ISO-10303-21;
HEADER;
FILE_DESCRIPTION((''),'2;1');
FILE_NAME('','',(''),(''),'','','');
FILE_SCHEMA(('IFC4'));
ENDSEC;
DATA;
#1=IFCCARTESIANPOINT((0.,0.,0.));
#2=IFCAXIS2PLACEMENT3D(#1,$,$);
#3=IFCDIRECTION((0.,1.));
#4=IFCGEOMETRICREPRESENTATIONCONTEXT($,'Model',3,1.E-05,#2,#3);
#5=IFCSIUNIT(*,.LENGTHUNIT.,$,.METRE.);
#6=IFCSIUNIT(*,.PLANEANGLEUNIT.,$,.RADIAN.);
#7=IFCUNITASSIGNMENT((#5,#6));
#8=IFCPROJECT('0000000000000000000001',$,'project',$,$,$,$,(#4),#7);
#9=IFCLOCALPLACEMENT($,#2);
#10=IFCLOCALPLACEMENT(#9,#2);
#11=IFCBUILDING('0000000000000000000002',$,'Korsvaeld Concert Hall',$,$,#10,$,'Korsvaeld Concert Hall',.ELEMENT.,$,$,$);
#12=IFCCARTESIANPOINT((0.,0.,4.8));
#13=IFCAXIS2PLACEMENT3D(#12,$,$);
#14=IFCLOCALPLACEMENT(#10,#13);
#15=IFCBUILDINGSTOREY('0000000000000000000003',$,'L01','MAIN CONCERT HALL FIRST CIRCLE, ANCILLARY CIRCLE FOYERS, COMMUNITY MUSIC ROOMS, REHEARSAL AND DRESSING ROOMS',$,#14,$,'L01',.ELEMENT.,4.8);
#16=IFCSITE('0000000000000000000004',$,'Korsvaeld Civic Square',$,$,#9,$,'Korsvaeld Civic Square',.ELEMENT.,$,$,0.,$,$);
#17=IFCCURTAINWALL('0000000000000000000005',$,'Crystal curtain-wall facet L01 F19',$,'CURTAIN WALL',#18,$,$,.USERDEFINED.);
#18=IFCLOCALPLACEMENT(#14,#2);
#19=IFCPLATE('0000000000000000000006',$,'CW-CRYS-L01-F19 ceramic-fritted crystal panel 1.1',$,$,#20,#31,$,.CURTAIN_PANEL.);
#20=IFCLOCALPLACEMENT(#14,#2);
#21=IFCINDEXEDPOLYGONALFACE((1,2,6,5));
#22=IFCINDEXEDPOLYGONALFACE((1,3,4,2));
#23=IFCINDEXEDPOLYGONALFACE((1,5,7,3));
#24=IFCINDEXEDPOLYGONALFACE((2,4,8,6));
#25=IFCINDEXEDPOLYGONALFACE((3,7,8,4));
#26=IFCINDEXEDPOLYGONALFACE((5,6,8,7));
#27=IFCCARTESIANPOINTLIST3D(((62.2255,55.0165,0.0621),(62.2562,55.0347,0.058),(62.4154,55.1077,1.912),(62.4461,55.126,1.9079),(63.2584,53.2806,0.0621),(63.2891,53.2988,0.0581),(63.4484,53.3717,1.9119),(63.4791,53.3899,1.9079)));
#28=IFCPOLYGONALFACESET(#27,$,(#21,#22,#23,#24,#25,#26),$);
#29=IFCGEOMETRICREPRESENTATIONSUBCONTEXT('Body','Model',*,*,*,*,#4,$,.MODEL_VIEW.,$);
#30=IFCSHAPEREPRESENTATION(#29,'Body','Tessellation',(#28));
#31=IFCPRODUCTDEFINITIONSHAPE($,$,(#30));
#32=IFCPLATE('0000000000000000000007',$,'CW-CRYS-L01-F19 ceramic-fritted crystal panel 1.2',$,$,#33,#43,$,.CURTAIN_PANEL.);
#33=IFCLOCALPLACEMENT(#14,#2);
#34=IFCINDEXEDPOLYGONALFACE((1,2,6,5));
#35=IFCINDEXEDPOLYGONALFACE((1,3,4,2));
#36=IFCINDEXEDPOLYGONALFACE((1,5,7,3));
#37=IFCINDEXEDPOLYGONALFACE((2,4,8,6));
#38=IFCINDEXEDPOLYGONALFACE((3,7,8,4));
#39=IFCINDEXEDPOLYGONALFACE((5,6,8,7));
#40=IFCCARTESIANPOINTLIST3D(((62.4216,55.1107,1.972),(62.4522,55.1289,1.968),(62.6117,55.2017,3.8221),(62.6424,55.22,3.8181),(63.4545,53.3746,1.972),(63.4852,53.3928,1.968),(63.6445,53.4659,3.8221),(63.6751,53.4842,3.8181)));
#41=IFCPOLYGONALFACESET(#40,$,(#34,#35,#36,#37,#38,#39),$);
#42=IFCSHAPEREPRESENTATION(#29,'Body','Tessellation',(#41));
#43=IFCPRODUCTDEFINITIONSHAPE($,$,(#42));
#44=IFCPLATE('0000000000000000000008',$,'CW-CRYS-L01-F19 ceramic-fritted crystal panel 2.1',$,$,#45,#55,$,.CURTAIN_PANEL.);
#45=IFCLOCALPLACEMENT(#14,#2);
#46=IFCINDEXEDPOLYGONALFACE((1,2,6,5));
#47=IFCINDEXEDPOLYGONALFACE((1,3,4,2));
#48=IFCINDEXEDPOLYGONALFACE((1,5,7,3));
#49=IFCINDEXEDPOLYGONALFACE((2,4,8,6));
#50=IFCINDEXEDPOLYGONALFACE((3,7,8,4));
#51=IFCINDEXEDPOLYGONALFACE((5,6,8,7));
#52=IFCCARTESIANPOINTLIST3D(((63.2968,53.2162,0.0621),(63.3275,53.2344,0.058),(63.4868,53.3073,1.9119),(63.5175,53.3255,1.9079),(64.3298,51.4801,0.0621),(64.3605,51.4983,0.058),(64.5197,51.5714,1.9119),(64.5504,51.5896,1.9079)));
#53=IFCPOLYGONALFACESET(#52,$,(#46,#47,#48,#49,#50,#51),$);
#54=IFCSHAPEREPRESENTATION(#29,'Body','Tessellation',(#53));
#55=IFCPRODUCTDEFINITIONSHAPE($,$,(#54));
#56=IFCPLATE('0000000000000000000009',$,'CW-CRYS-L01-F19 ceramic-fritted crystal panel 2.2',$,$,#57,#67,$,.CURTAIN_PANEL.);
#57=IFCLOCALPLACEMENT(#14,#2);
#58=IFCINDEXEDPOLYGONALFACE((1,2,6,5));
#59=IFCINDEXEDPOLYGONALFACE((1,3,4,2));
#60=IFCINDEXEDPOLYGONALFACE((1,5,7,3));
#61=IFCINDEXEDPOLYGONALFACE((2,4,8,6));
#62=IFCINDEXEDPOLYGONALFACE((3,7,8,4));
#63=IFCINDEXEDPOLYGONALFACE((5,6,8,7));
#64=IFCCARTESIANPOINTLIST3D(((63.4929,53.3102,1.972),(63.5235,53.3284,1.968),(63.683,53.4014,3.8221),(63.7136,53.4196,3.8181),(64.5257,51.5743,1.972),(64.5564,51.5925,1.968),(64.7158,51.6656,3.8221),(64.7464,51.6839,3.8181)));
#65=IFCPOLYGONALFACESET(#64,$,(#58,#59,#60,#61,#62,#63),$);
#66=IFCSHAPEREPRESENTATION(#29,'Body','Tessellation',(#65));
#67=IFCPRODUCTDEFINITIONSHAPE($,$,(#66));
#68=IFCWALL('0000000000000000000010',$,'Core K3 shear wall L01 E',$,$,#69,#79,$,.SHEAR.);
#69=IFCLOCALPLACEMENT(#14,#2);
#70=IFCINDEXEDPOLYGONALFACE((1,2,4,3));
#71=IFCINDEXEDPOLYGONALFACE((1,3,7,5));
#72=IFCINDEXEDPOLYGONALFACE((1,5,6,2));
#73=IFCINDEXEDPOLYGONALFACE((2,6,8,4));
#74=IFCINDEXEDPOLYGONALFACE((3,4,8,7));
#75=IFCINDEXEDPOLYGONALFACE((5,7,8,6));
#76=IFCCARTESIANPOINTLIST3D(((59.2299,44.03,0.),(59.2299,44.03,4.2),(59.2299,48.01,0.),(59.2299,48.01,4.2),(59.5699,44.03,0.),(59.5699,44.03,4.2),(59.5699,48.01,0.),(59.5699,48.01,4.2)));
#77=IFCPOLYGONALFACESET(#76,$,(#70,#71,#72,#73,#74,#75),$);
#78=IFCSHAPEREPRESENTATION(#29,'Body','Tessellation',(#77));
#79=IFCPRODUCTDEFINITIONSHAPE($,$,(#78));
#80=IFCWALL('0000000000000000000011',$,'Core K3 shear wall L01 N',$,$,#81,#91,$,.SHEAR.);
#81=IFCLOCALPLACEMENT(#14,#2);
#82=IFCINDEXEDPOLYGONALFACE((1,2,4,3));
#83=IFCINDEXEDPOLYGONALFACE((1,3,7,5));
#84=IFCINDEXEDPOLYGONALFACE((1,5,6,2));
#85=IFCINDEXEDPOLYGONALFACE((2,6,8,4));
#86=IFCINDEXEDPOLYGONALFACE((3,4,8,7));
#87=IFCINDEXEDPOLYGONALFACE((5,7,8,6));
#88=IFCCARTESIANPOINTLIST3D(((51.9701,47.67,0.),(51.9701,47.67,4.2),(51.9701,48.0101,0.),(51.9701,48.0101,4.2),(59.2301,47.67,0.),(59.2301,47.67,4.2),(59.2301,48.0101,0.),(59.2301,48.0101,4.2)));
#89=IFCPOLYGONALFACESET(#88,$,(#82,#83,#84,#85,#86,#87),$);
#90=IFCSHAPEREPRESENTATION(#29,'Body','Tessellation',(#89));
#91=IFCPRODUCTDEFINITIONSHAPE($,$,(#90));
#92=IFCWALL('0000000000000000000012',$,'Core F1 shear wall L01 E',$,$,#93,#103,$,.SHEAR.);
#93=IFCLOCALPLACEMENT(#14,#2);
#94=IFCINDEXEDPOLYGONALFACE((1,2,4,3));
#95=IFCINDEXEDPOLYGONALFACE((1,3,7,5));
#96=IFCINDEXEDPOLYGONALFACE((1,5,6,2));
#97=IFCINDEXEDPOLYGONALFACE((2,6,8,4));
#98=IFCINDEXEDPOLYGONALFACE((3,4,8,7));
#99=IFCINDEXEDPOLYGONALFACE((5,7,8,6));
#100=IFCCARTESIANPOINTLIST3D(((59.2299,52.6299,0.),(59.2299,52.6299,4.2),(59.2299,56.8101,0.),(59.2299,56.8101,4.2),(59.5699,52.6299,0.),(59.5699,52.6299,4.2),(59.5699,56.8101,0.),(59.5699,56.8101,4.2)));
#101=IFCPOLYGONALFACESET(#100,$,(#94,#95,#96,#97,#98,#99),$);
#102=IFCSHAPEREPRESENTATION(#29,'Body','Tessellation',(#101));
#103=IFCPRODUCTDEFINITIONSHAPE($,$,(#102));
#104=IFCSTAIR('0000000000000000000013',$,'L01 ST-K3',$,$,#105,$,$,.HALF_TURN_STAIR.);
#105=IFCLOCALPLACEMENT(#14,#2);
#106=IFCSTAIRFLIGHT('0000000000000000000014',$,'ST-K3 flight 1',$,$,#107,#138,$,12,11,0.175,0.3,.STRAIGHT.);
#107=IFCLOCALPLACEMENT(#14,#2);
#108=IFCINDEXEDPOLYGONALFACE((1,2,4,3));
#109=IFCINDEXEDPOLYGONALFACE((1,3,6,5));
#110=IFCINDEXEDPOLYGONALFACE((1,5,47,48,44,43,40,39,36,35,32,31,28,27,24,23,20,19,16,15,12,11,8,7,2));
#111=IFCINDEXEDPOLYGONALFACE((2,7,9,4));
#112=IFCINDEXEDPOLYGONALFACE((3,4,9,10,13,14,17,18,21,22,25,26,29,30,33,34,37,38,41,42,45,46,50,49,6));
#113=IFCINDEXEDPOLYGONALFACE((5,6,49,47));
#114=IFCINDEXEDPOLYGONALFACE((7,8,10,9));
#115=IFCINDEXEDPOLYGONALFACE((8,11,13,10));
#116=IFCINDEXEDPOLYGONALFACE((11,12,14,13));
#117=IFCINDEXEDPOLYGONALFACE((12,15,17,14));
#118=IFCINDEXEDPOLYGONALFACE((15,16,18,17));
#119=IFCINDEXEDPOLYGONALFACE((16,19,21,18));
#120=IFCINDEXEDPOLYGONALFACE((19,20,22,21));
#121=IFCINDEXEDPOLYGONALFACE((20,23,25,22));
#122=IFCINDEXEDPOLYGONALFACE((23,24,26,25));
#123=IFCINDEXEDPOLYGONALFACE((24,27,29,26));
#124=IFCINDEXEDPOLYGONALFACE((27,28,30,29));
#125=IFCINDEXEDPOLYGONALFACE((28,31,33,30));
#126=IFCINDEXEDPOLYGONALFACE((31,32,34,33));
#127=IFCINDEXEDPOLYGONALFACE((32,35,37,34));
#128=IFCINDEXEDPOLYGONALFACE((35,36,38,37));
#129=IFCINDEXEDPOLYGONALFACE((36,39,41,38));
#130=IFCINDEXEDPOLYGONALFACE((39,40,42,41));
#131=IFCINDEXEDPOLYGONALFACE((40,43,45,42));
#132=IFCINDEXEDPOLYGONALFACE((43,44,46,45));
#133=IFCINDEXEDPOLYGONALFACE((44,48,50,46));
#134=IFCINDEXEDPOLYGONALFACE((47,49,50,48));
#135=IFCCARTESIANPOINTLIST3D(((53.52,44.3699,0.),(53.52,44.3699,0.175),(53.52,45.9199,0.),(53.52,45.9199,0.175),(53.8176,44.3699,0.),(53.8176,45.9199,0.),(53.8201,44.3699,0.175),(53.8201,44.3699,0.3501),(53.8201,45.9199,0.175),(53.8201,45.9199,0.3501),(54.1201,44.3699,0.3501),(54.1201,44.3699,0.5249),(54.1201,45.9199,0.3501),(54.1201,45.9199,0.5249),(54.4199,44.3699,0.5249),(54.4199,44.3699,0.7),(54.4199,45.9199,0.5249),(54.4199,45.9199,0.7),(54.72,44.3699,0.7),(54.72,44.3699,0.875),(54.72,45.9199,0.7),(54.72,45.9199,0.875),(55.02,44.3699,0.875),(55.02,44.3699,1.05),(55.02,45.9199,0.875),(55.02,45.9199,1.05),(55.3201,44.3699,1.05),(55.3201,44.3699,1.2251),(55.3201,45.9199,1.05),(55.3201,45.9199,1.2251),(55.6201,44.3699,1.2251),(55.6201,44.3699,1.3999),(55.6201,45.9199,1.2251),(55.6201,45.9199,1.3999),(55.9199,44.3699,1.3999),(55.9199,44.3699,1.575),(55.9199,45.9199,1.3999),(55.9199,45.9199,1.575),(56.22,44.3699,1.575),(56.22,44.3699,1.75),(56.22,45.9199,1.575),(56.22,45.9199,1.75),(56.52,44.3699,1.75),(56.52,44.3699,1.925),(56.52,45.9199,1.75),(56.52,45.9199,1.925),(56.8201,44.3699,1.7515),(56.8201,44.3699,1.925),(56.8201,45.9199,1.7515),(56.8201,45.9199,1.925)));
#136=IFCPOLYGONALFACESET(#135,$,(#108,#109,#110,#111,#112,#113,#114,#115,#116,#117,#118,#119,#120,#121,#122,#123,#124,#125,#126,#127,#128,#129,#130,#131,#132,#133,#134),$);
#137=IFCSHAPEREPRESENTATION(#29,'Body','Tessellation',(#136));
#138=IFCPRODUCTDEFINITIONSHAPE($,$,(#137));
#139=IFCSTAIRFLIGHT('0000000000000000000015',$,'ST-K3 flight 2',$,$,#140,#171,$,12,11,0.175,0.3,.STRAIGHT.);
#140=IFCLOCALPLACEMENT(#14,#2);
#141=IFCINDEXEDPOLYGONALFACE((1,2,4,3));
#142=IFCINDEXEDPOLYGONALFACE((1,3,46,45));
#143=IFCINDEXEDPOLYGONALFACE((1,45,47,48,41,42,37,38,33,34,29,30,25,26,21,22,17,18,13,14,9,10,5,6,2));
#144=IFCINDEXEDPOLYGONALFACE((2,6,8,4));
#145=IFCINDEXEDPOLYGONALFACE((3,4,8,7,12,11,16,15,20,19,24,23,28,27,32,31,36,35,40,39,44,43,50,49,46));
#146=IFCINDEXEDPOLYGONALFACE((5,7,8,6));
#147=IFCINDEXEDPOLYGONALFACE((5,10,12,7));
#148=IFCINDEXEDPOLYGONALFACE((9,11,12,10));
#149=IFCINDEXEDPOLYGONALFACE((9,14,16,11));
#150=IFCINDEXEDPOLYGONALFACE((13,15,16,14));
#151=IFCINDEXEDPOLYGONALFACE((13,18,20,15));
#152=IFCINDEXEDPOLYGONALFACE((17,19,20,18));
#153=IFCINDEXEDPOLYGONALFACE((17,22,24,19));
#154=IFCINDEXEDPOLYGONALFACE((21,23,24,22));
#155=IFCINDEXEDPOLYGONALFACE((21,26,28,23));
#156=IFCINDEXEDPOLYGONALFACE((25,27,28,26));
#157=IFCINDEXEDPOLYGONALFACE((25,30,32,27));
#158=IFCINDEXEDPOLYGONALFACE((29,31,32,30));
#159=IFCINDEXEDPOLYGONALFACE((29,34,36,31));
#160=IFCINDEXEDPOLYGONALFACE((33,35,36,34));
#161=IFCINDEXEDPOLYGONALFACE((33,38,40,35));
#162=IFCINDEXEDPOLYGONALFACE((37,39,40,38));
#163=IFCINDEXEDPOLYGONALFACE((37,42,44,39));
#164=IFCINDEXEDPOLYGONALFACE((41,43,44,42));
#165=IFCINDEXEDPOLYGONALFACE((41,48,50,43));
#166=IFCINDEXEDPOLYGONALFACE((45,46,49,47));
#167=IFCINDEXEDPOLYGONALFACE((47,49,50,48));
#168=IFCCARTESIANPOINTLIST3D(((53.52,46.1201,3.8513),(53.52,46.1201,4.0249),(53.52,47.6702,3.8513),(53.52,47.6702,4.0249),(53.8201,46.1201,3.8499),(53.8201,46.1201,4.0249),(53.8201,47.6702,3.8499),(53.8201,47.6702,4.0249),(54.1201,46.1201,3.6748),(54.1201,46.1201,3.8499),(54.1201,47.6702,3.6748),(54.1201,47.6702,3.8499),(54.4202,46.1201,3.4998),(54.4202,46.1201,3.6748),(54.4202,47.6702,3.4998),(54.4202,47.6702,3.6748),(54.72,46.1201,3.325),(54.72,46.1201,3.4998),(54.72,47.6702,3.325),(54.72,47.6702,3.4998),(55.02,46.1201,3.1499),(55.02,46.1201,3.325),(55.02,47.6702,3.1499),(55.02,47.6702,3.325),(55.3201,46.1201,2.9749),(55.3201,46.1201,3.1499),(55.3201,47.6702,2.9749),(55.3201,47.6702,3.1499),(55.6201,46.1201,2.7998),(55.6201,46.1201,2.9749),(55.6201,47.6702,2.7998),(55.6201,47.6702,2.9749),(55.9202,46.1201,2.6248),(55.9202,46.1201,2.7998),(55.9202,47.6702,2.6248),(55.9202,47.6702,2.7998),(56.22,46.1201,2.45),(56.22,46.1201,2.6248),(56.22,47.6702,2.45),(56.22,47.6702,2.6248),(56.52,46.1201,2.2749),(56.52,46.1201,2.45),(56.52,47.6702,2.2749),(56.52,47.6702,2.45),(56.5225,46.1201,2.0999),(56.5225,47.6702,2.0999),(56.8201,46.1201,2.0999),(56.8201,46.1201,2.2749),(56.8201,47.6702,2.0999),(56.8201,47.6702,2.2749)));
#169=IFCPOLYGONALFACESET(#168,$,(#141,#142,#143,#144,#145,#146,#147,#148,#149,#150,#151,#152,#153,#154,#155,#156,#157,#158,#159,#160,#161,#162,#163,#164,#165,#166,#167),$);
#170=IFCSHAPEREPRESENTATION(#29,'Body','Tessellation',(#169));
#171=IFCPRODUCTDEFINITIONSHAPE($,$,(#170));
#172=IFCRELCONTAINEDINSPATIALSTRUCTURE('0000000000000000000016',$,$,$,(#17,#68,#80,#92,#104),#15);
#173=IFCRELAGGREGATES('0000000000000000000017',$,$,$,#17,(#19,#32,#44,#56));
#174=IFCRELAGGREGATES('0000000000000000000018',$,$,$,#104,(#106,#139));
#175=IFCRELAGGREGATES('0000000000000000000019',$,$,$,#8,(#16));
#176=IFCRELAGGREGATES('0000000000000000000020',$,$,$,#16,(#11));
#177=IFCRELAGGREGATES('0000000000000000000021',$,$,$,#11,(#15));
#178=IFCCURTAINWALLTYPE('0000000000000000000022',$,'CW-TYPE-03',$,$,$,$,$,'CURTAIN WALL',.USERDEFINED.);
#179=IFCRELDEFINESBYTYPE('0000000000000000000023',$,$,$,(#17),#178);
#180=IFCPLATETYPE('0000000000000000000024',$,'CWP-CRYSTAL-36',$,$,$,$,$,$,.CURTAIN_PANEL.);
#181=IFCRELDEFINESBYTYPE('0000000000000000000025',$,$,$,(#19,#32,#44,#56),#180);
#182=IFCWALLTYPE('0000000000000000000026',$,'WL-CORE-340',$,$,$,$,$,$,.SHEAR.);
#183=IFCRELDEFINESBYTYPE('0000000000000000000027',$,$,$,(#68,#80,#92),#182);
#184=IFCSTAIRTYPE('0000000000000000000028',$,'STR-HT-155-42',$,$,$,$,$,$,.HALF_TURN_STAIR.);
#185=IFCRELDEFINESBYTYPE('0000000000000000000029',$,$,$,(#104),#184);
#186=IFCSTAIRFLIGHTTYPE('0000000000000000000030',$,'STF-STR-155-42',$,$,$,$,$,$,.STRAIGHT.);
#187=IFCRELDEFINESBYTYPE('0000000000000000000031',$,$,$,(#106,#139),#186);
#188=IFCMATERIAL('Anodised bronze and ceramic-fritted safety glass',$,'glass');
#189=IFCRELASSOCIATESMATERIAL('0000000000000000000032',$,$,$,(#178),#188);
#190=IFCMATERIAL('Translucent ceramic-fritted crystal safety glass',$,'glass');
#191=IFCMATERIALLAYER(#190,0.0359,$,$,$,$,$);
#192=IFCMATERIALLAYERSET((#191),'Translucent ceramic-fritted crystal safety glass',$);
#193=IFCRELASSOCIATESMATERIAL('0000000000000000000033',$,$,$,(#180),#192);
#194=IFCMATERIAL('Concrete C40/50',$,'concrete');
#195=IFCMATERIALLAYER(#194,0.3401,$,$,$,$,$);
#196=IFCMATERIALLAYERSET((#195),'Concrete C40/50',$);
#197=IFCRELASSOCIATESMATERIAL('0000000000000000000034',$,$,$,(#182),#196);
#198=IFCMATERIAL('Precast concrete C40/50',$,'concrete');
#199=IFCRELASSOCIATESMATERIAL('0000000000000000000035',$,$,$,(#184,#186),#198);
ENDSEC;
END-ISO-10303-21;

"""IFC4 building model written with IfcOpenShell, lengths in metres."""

from ifc_helpers import new_model, si_unit, direction, frame, frame_2d, origin, place, context, subcontext, project, spatial, polyline, rectangle, outline, extrude, material, layer, layer_set, type_object, element, aggregate, save


model = new_model("IFC4")

# Units and contexts
model_context = context("Model", 3, precision=1e-05, world=origin(), true_north=direction((0.0, 1.0)))
body_context = subcontext(model_context, "Body", "Model", "MODEL_VIEW")
ifc_project = project(units=[si_unit("LENGTHUNIT", "METRE"), si_unit("PLANEANGLEUNIT", "RADIAN")], contexts=[model_context])

# Site, building, storey
site_placement = place(None, origin())
site = spatial("IfcSite", under=ifc_project, at=site_placement, Name="Korsvaeld Civic Square", LongName="Korsvaeld Civic Square", CompositionType="ELEMENT", RefElevation=0.0)
building_placement = place(site_placement, origin())
building = spatial("IfcBuilding", under=site, at=building_placement, Name="Korsvaeld Concert Hall", LongName="Korsvaeld Concert Hall", CompositionType="ELEMENT")
storey_placement = place(building_placement, frame((0.0, 0.0, 4.8)))
storey = spatial("IfcBuildingStorey", under=building, at=storey_placement, Name="L01", Description="MAIN CONCERT HALL FIRST CIRCLE, ANCILLARY CIRCLE FOYERS, COMMUNITY MUSIC ROOMS, REHEARSAL AND DRESSING ROOMS", LongName="L01", CompositionType="ELEMENT", Elevation=4.8)

# Shared definitions
ifc_material_1 = material(Name="Concrete C40/50", Category="concrete")

# Shared definitions
ifc_material_2 = material(Name="Anodised bronze and ceramic-fritted safety glass", Category="glass")

# Curtain wall
curtain_wall_type_1 = type_object("IfcCurtainWallType", Name="CW-TYPE-03", ElementType="CURTAIN WALL", PredefinedType="USERDEFINED", material=ifc_material_2)
curtain_wall_1_placement = place(storey_placement, origin())
curtain_wall_1 = element("IfcCurtainWall", 1, at=curtain_wall_1_placement, inside=storey, type_object=curtain_wall_type_1, Name="Crystal curtain-wall facet L01 F19", ObjectType="CURTAIN WALL", PredefinedType="USERDEFINED")

# Plates
ifc_material_3 = material(Name="Translucent ceramic-fritted crystal safety glass", Category="glass")
ifc_layer_1 = layer(ifc_material_3, 0.0359)
ifc_layer_set_1 = layer_set([ifc_layer_1], Name="Translucent ceramic-fritted crystal safety glass")
plate_type = type_object("IfcPlateType", Name="CWP-CRYSTAL-36", PredefinedType="CURTAIN_PANEL", material=ifc_layer_set_1)
plate_1_placement = place(storey_placement, frame((62.241, 55.0256, 0.0601), z_axis=(-0.853892, -0.508096, 0.112723), x_axis=(0.511356, -0.859369, 0.000003)))
plate_1 = element("IfcPlate", 2, at=plate_1_placement, type_object=plate_type, Name="CW-CRYS-L01-F19 ceramic-fritted crystal panel 1.1", PredefinedType="CURTAIN_PANEL", context=body_context, shape_type="SweptSolid", body=[
    extrude(outline(polyline([(0.0, 0.0), (2.0199, 0.0), (2.0388, 1.8617), (0.0187, 1.8617), (0.0, 0.0)])), frame((0.0, 0.0, 0.0181)), (0.0, 0.0, -1.0), 0.0359),
])
plate_2_placement = place(storey_placement, frame((62.437, 55.1199, 1.97), z_axis=(-0.853915, -0.508049, 0.112764), x_axis=(0.511311, -0.859396, 0.000002)))
plate_2 = element("IfcPlate", 3, at=plate_2_placement, type_object=plate_type, Name="CW-CRYS-L01-F19 ceramic-fritted crystal panel 1.2", PredefinedType="CURTAIN_PANEL", context=body_context, shape_type="SweptSolid", body=[
    extrude(outline(polyline([(0.0, 0.0), (2.0201, 0.0), (2.0388, 1.862), (0.019, 1.862), (0.0, 0.0)])), frame((0.0, 0.0, 0.0181)), (0.0, 0.0, -1.0), 0.0359),
])
plate_3_placement = place(storey_placement, frame((63.3123, 53.2253, 0.0601), z_axis=(-0.853892, -0.508096, 0.112723), x_axis=(0.511355, -0.85937, -0.000003)))
plate_3 = element("IfcPlate", 4, at=plate_3_placement, type_object=plate_type, Name="CW-CRYS-L01-F19 ceramic-fritted crystal panel 2.1", PredefinedType="CURTAIN_PANEL", context=body_context, shape_type="SweptSolid", body=[
    extrude(outline(polyline([(0.0, 0.0), (2.0201, 0.0), (2.0388, 1.8617), (0.0189, 1.8617), (0.0, 0.0)])), frame((0.0, 0.0, 0.0181)), (0.0, 0.0, -1.0), 0.0359),
])
plate_4_placement = place(storey_placement, frame((63.5083, 53.3193, 1.97), z_axis=(-0.853896, -0.508074, 0.112797), x_axis=(0.511338, -0.85938, 0.000006)))
plate_4 = element("IfcPlate", 5, at=plate_4_placement, type_object=plate_type, Name="CW-CRYS-L01-F19 ceramic-fritted crystal panel 2.2", PredefinedType="CURTAIN_PANEL", context=body_context, shape_type="SweptSolid", body=[
    extrude(outline(polyline([(0.0, 0.0), (2.0199, 0.0), (2.0386, 1.862), (0.0188, 1.862), (0.0, 0.0)])), frame((0.0, 0.0, 0.0181)), (0.0, 0.0, -1.0), 0.0359),
])
aggregate(curtain_wall_1, [plate_1, plate_2, plate_3, plate_4])

# Walls
ifc_layer_2 = layer(ifc_material_1, 0.3401)
ifc_layer_set_2 = layer_set([ifc_layer_2], Name="Concrete C40/50")
wall_type = type_object("IfcWallType", Name="WL-CORE-340", PredefinedType="SHEAR", material=ifc_layer_set_2)
wall_1_placement = place(storey_placement, frame((59.3999, 44.03, 0.0), z_axis=(0.0, 0.0, 1.0), x_axis=(0.0, 1.0, 0.0)))
element("IfcWall", 6, at=wall_1_placement, inside=storey, type_object=wall_type, Name="Core K3 shear wall L01 E", PredefinedType="SHEAR", context=body_context, shape_type="SweptSolid", body=[
    extrude(rectangle(XDim=3.98, YDim=0.3401, at=frame_2d((1.99, 0.0))), origin(), (0.0, 0.0, 1.0), 4.2),
])
wall_2_placement = place(storey_placement, frame((59.23, 47.8401, 0.0), z_axis=(0.0, 0.0, 1.0), x_axis=(-1.0, 0.0, 0.0)))
element("IfcWall", 7, at=wall_2_placement, inside=storey, type_object=wall_type, Name="Core K3 shear wall L01 N", PredefinedType="SHEAR", context=body_context, shape_type="SweptSolid", body=[
    extrude(rectangle(XDim=7.26, YDim=0.3401, at=frame_2d((3.6299, 0.0))), origin(), (0.0, 0.0, 1.0), 4.2),
])
wall_3_placement = place(storey_placement, frame((59.3999, 52.6299, 0.0), z_axis=(0.0, 0.0, 1.0), x_axis=(0.0, 1.0, 0.0)))
element("IfcWall", 8, at=wall_3_placement, inside=storey, type_object=wall_type, Name="Core F1 shear wall L01 E", PredefinedType="SHEAR", context=body_context, shape_type="SweptSolid", body=[
    extrude(rectangle(XDim=4.1802, YDim=0.3401, at=frame_2d((2.0901, 0.0))), origin(), (0.0, 0.0, 1.0), 4.2),
])

# Stair, stair flights
ifc_material_4 = material(Name="Precast concrete C40/50", Category="concrete")
stair_type_1 = type_object("IfcStairType", Name="STR-HT-155-42", PredefinedType="HALF_TURN_STAIR", material=ifc_material_4)
stair_1_placement = place(storey_placement, origin())
stair_1 = element("IfcStair", 9, at=stair_1_placement, inside=storey, type_object=stair_type_1, Name="L01 ST-K3", PredefinedType="HALF_TURN_STAIR")
stair_flight_type_1 = type_object("IfcStairFlightType", Name="STF-STR-155-42", PredefinedType="STRAIGHT", material=ifc_material_4)
stair_flight_1_placement = place(storey_placement, frame((53.52, 45.145, 0.0), z_axis=(0.0, 0.0, 1.0), x_axis=(1.0, 0.0, 0.0)))
stair_flight_1 = element("IfcStairFlight", 10, at=stair_flight_1_placement, type_object=stair_flight_type_1, Name="ST-K3 flight 1", NumberOfRisers=12, NumberOfTreads=11, PredefinedType="STRAIGHT", RiserHeight=0.175, TreadLength=0.3, context=body_context, shape_type="SweptSolid", body=[
    extrude(outline(polyline([(0.0, 0.0), (0.0, 0.175), (0.3, 0.175), (0.3, 0.3501), (0.6001, 0.3501), (0.6001, 0.5249), (0.8999, 0.5249), (0.8999, 0.7), (1.2, 0.7), (1.2, 0.875), (1.5, 0.875), (1.5, 1.05), (1.8, 1.05), (1.8, 1.2251), (2.1001, 1.2251), (2.1001, 1.3999), (2.3999, 1.3999), (2.3999, 1.575), (2.7, 1.575), (2.7, 1.75), (3.0, 1.75), (3.0, 1.925), (3.3, 1.925), (3.3, 2.1001), (3.3, 1.7515), (0.2976, 0.0), (0.0, 0.0)])), frame((0.0, 0.7749, 0.0), z_axis=(0.0, -1.0, 0.0), x_axis=(1.0, 0.0, 0.0)), (0.0, 0.0, 1.0), 1.55),
])
stair_flight_2_placement = place(storey_placement, frame((56.8201, 46.895, 2.0999), z_axis=(0.0, 0.0, 1.0), x_axis=(-1.0, 0.0, 0.0)))
stair_flight_2 = element("IfcStairFlight", 11, at=stair_flight_2_placement, type_object=stair_flight_type_1, Name="ST-K3 flight 2", NumberOfRisers=12, NumberOfTreads=11, PredefinedType="STRAIGHT", RiserHeight=0.175, TreadLength=0.3, context=body_context, shape_type="SweptSolid", body=[
    extrude(outline(polyline([(0.0, 0.0), (0.0, 0.175), (0.3, 0.175), (0.3, 0.3501), (0.6001, 0.3501), (0.6001, 0.5249), (0.8999, 0.5249), (0.8999, 0.7), (1.2, 0.7), (1.2, 0.875), (1.5, 0.875), (1.5, 1.05), (1.8, 1.05), (1.8, 1.2251), (2.1001, 1.2251), (2.1001, 1.3999), (2.3999, 1.3999), (2.3999, 1.575), (2.7, 1.575), (2.7, 1.75), (3.0, 1.75), (3.0, 1.925), (3.3, 1.925), (3.3, 2.1001), (3.3, 1.7515), (0.2976, 0.0), (0.0, 0.0)])), frame((0.0, 0.7749, 0.0), z_axis=(0.0, -1.0, 0.0), x_axis=(1.0, 0.0, 0.0)), (0.0, 0.0, 1.0), 1.55),
])
aggregate(stair_1, [stair_flight_1, stair_flight_2])

save(model, "model.ifc")
